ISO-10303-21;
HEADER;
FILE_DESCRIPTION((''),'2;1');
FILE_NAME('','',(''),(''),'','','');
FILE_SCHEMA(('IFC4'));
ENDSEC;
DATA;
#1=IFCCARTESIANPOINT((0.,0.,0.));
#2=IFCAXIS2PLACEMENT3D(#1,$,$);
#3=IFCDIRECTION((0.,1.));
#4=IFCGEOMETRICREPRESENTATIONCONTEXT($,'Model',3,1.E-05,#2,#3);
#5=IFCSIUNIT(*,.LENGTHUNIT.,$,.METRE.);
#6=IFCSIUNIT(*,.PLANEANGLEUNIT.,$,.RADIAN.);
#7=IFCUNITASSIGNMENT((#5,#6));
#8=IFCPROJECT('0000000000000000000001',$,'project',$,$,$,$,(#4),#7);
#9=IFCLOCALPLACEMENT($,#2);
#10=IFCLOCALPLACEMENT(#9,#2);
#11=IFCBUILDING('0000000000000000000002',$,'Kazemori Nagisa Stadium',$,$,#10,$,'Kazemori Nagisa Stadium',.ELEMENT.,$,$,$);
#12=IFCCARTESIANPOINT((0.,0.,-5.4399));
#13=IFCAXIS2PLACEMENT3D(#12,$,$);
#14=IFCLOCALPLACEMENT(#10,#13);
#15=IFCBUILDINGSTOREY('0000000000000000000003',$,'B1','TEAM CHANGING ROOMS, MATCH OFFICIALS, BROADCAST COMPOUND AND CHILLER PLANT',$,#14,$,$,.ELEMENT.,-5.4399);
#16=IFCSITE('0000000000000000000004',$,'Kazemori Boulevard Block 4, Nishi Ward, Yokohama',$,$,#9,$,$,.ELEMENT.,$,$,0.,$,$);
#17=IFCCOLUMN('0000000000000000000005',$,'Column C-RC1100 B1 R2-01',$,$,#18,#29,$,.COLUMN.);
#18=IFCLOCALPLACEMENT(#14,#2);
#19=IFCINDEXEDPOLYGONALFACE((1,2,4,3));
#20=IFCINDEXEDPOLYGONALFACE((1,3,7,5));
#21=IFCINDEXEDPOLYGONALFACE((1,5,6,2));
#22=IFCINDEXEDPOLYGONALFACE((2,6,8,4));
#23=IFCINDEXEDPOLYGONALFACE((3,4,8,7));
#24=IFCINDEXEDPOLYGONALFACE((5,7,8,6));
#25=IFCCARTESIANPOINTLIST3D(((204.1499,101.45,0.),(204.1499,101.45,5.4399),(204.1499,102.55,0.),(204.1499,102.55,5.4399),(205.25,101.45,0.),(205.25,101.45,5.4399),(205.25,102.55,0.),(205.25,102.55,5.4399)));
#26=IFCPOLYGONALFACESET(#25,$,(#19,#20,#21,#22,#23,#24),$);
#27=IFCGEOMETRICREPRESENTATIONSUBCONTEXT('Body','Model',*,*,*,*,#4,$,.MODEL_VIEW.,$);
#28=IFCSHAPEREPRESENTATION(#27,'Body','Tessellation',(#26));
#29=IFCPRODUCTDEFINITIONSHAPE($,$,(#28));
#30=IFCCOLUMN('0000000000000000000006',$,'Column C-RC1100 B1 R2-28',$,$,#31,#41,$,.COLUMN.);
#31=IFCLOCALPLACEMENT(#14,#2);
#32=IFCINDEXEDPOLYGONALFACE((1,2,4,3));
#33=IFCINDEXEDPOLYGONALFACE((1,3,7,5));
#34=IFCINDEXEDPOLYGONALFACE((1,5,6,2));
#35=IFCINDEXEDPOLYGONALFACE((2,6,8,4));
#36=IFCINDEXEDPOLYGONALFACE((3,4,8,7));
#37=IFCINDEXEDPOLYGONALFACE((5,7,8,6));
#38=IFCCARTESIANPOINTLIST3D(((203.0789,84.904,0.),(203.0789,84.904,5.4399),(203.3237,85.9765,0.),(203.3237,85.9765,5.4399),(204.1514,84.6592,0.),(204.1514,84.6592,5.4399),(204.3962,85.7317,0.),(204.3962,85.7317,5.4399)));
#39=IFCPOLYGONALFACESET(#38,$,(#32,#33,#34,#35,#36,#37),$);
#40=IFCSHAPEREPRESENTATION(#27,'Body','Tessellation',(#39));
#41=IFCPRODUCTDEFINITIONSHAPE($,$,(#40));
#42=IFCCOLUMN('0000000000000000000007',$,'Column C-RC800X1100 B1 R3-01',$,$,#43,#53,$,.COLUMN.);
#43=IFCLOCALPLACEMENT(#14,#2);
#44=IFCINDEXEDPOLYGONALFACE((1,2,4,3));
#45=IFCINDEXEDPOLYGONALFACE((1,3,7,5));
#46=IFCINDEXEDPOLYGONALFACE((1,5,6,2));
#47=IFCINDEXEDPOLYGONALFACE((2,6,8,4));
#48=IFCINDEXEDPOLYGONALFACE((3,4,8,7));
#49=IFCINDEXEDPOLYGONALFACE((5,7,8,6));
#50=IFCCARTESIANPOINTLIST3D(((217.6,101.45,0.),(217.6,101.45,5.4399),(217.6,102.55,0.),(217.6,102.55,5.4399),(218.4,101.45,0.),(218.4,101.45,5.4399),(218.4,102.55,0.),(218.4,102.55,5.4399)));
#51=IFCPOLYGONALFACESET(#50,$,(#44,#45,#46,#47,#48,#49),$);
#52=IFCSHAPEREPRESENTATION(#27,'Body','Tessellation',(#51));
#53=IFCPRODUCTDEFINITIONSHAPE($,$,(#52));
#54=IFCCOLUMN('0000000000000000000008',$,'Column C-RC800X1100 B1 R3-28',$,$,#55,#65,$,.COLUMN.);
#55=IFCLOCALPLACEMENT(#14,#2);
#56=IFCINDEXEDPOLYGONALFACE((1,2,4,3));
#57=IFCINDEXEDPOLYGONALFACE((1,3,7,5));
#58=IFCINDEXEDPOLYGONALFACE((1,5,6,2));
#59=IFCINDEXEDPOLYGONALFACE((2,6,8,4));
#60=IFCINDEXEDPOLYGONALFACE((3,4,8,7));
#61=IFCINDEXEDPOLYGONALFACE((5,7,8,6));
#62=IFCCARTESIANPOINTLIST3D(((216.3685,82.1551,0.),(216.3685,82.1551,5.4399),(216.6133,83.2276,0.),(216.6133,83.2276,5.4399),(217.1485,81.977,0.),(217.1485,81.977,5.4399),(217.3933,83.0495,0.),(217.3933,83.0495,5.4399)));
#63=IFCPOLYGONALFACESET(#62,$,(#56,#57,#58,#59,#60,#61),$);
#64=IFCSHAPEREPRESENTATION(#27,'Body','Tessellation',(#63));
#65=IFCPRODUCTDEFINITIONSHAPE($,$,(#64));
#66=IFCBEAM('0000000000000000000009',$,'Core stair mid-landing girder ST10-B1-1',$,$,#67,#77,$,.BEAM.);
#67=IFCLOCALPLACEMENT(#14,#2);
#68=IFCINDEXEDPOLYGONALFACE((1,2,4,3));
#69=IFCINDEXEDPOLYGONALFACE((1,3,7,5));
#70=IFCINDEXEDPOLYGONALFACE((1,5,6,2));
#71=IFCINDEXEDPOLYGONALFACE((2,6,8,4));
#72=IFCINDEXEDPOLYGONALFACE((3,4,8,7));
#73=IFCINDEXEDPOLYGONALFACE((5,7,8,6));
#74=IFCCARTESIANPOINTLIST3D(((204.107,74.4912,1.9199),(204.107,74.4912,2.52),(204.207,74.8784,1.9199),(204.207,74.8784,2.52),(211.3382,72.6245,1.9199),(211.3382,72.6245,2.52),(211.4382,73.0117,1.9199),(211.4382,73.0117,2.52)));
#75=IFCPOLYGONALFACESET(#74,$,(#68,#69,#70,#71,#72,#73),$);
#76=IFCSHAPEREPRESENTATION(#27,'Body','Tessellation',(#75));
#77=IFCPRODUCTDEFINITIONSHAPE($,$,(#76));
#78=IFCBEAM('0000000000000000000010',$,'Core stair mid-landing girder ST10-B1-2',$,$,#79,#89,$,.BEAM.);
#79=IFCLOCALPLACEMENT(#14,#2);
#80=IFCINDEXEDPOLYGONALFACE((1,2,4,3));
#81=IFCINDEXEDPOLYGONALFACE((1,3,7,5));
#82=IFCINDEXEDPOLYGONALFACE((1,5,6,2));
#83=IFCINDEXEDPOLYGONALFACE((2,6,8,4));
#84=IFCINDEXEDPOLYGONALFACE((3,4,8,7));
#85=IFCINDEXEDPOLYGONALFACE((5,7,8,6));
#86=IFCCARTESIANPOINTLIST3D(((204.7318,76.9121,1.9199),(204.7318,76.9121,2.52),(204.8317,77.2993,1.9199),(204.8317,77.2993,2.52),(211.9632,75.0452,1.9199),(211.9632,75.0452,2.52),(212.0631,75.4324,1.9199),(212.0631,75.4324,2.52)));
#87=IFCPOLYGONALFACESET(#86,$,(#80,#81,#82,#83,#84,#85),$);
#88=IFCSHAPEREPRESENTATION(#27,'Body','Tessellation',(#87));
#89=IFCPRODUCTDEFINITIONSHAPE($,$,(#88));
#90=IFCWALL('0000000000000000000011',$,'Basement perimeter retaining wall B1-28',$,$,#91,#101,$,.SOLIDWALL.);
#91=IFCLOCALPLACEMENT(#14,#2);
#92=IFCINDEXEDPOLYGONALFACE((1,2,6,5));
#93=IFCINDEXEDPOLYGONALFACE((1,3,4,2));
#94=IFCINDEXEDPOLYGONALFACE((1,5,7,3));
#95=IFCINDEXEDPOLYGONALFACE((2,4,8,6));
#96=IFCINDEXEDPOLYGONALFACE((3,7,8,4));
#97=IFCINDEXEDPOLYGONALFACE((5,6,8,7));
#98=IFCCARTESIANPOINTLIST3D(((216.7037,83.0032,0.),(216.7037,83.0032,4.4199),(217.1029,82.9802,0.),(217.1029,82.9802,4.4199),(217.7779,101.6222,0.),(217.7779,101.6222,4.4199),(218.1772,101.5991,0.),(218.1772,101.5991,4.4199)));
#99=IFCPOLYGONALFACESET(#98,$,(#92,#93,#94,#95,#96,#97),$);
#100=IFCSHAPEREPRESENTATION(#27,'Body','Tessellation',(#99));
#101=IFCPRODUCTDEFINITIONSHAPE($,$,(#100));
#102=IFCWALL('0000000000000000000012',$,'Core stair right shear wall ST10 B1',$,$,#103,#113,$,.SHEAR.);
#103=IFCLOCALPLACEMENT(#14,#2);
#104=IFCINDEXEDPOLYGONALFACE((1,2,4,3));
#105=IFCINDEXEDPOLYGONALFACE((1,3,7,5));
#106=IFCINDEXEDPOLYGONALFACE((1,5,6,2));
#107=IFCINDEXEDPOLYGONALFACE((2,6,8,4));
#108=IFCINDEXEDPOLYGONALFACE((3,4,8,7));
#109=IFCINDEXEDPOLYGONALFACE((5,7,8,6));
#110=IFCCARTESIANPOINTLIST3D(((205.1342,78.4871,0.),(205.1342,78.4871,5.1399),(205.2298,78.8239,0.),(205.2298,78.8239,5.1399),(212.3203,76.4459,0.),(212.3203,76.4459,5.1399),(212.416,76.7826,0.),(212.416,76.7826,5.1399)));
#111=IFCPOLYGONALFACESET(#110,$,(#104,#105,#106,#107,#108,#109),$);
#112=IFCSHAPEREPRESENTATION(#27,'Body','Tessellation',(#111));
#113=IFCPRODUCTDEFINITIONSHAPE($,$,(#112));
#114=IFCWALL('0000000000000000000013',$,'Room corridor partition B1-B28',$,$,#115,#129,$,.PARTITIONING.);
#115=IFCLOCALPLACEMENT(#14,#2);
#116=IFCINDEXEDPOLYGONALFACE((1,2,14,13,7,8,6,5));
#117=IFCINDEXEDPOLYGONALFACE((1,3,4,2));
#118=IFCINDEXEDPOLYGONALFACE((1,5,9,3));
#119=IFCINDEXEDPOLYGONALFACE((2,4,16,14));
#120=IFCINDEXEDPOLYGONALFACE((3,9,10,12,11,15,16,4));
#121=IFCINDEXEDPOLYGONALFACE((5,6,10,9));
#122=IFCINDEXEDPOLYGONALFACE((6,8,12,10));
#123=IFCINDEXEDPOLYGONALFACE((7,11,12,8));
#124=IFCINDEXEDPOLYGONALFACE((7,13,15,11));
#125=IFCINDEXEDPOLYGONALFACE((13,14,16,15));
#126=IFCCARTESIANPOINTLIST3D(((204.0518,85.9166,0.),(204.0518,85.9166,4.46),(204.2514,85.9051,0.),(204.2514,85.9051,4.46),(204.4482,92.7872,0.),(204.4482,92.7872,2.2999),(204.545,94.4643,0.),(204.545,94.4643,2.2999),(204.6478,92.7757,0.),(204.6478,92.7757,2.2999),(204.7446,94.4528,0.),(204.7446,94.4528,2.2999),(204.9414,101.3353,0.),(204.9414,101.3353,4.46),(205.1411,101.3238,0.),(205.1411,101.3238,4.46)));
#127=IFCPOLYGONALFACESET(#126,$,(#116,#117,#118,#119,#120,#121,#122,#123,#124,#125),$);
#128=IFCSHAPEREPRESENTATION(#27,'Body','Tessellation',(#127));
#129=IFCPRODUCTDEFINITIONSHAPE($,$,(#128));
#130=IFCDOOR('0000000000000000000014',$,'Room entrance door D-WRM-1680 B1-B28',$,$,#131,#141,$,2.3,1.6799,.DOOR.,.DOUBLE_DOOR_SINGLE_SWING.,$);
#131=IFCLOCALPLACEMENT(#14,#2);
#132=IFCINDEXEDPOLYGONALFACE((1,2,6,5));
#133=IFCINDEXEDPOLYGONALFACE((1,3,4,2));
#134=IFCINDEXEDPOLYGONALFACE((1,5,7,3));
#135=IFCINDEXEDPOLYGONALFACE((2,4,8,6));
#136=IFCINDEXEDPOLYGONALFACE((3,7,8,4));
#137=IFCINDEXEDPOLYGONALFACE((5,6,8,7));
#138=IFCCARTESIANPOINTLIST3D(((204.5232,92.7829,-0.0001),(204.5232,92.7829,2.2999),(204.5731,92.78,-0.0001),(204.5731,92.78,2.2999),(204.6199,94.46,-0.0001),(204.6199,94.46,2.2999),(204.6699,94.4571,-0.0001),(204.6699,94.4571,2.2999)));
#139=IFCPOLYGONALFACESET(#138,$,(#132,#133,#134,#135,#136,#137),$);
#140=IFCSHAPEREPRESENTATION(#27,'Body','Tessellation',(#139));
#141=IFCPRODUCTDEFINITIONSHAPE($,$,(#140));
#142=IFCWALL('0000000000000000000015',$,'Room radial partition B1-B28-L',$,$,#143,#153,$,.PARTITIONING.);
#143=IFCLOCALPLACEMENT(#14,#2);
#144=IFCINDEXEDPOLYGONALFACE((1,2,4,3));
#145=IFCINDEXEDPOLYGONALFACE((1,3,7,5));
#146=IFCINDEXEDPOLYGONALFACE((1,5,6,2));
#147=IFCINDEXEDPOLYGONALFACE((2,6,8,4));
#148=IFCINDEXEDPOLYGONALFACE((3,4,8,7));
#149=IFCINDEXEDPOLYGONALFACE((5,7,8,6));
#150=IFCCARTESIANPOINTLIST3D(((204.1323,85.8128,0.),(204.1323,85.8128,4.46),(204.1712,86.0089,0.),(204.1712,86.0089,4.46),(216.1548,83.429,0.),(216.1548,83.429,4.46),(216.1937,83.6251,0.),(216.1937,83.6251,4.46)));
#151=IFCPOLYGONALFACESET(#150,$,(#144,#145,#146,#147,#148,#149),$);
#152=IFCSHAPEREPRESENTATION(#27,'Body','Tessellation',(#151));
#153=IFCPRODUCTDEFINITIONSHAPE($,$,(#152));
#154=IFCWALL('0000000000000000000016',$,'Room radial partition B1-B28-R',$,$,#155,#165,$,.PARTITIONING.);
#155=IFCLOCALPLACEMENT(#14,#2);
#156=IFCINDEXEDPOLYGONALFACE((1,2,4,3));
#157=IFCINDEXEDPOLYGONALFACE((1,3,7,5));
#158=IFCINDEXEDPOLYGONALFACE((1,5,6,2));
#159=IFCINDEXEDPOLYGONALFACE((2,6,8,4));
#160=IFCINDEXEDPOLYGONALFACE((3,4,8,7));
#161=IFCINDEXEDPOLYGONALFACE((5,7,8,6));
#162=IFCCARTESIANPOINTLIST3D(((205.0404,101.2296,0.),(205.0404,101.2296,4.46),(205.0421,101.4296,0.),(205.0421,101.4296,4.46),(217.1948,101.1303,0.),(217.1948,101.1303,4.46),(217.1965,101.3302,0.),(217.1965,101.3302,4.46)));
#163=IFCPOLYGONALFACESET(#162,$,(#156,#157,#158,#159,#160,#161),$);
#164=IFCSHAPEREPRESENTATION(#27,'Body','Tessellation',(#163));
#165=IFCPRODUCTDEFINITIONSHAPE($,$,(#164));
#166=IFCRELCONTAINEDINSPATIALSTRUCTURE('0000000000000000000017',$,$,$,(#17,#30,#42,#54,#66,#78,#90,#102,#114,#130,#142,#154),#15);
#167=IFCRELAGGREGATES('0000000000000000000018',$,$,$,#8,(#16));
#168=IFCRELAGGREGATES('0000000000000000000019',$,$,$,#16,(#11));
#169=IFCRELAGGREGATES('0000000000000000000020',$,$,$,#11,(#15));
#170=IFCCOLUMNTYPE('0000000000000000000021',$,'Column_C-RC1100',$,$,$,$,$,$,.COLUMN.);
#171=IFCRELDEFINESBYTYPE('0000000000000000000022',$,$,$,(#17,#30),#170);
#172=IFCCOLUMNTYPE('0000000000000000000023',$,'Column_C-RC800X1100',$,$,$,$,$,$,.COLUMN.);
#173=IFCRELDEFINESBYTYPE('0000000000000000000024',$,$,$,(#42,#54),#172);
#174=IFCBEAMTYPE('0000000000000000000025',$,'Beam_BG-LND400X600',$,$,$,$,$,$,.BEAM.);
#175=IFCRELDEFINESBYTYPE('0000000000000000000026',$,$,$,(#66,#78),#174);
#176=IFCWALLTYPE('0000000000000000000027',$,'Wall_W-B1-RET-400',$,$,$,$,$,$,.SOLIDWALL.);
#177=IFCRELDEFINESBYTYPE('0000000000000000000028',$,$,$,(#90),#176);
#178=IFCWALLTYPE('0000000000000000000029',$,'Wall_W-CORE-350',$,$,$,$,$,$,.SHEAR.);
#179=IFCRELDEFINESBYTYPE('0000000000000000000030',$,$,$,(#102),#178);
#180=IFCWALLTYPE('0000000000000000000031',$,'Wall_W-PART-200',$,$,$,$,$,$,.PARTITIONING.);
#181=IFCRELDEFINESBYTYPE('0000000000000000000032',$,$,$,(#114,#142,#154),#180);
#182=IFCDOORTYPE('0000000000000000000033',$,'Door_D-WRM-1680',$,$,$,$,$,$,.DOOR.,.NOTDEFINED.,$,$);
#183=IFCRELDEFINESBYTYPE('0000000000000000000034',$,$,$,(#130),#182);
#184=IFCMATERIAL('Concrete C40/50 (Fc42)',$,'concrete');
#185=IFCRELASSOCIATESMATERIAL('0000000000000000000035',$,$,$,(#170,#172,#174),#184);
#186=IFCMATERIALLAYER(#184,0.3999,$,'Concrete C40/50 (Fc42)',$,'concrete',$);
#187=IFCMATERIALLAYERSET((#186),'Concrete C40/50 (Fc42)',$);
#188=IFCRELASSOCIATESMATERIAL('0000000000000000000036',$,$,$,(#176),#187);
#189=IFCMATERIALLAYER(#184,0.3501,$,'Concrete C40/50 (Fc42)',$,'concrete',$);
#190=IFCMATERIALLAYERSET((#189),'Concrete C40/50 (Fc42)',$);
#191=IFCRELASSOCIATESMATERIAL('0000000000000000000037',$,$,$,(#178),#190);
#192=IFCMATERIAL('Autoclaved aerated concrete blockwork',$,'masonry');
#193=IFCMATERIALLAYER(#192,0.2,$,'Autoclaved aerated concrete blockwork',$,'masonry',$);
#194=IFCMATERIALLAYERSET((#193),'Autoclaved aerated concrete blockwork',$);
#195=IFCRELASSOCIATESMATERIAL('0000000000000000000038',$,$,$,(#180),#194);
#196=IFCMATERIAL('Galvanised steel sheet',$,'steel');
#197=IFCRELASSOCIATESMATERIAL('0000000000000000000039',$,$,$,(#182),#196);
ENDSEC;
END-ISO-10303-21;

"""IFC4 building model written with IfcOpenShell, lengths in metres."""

from ifc_helpers import new_model, si_unit, direction, frame, frame_2d, origin, origin_2d, place, context, subcontext, project, spatial, rectangle, extrude, material, layer, layer_set, material_profile, profile_set, type_object, element, fill, save


model = new_model("IFC4")

# Units and contexts
model_context = context("Model", 3, precision=1e-05, world=origin(), true_north=direction((0.0, 1.0)))
body_context = subcontext(model_context, "Body", "Model", "MODEL_VIEW")
ifc_project = project(units=[si_unit("LENGTHUNIT", "METRE"), si_unit("PLANEANGLEUNIT", "RADIAN")], contexts=[model_context])

# Site, building, storey
site_placement = place(None, origin())
site = spatial("IfcSite", under=ifc_project, at=site_placement, Name="Kazemori Boulevard Block 4, Nishi Ward, Yokohama", CompositionType="ELEMENT", RefElevation=0.0)
building_placement = place(site_placement, origin())
building = spatial("IfcBuilding", under=site, at=building_placement, Name="Kazemori Nagisa Stadium", LongName="Kazemori Nagisa Stadium", CompositionType="ELEMENT")
storey_placement = place(building_placement, frame((0.0, 0.0, -5.4399)))
storey = spatial("IfcBuildingStorey", under=building, at=storey_placement, Name="B1", Description="TEAM CHANGING ROOMS, MATCH OFFICIALS, BROADCAST COMPOUND AND CHILLER PLANT", CompositionType="ELEMENT", Elevation=-5.4399)

# Shared definitions
ifc_material_1 = material(Name="Concrete C40/50 (Fc42)", Category="concrete")

# Columns
ifc_material_profile_1 = material_profile(ifc_material_1, rectangle(XDim=1.1001, YDim=1.1001, at=origin_2d()), Name="RC-COL-1100x1100")
ifc_profile_set_1 = profile_set([ifc_material_profile_1], Name="Concrete C40/50 (Fc42)")
column_type_1 = type_object("IfcColumnType", Name="Column_C-RC1100", PredefinedType="COLUMN", material=ifc_profile_set_1)
for number, where, z_axis, x_axis, name in (
    (1, (204.7, 102.0, 0.0), (0.0, 0.0, 1.0), (1.0, 0.0, 0.0), "Column C-RC1100 B1 R2-01"),
    (2, (203.7375, 85.3179, 0.0), (0.0, 0.0, 1.0), (0.974928, -0.222521, 0.0), "Column C-RC1100 B1 R2-28"),
):
    element("IfcColumn", number, at=place(storey_placement, frame(where, z_axis=z_axis, x_axis=x_axis)), inside=storey, type_object=column_type_1, Name=name, PredefinedType="COLUMN", context=body_context, shape_type="SweptSolid", body=[
        extrude(rectangle(XDim=1.1001, YDim=1.1001, at=origin_2d()), origin(), (0.0, 0.0, 1.0), 5.4399),
    ])
ifc_material_profile_2 = material_profile(ifc_material_1, rectangle(XDim=0.8, YDim=1.1001, at=origin_2d()), Name="RC-COL-800x1100")
ifc_profile_set_2 = profile_set([ifc_material_profile_2], Name="Concrete C40/50 (Fc42)")
column_type_2 = type_object("IfcColumnType", Name="Column_C-RC800X1100", PredefinedType="COLUMN", material=ifc_profile_set_2)
for number, where, z_axis, x_axis, name in (
    (3, (218.0, 102.0, 0.0), (0.0, 0.0, 1.0), (1.0, 0.0, 0.0), "Column C-RC800X1100 B1 R3-01"),
    (4, (216.8809, 82.6023, 0.0), (0.0, 0.0, 1.0), (0.974928, -0.222521, 0.0), "Column C-RC800X1100 B1 R3-28"),
):
    element("IfcColumn", number, at=place(storey_placement, frame(where, z_axis=z_axis, x_axis=x_axis)), inside=storey, type_object=column_type_2, Name=name, PredefinedType="COLUMN", context=body_context, shape_type="SweptSolid", body=[
        extrude(rectangle(XDim=0.8, YDim=1.1001, at=origin_2d()), origin(), (0.0, 0.0, 1.0), 5.4399),
    ])

# Beams
ifc_material_profile_3 = material_profile(ifc_material_1, rectangle(XDim=0.3999, YDim=0.6001, at=origin_2d()), Name="RC-BM-400x600")
ifc_profile_set_3 = profile_set([ifc_material_profile_3], Name="Concrete C40/50 (Fc42)")
beam_type = type_object("IfcBeamType", Name="Beam_BG-LND400X600", PredefinedType="BEAM", material=ifc_profile_set_3)
beam_1_placement = place(storey_placement, frame((204.157, 74.6848, 2.22), z_axis=(0.968258, -0.249951, 0.0), x_axis=(0.249951, 0.968258, 0.0)))
element("IfcBeam", 5, at=beam_1_placement, inside=storey, type_object=beam_type, Name="Core stair mid-landing girder ST10-B1-1", PredefinedType="BEAM", context=body_context, shape_type="SweptSolid", body=[
    extrude(rectangle(XDim=0.3999, YDim=0.6001, at=origin_2d()), origin(), (0.0, 0.0, 1.0), 7.4683),
])
beam_2_placement = place(storey_placement, frame((204.7817, 77.1057, 2.22), z_axis=(0.968253, -0.249974, 0.0), x_axis=(0.249974, 0.968253, 0.0)))
element("IfcBeam", 6, at=beam_2_placement, inside=storey, type_object=beam_type, Name="Core stair mid-landing girder ST10-B1-2", PredefinedType="BEAM", context=body_context, shape_type="SweptSolid", body=[
    extrude(rectangle(XDim=0.3999, YDim=0.6001, at=origin_2d()), origin(), (0.0, 0.0, 1.0), 7.4685),
])

# Walls
ifc_layer_1 = layer(ifc_material_1, 0.3999, Name="Concrete C40/50 (Fc42)", Category="concrete")
ifc_layer_set_1 = layer_set([ifc_layer_1], Name="Concrete C40/50 (Fc42)")
wall_type_1 = type_object("IfcWallType", Name="Wall_W-B1-RET-400", PredefinedType="SOLIDWALL", material=ifc_layer_set_1)
wall_1_placement = place(storey_placement, frame((216.9033, 82.9917, 0.0), z_axis=(0.0, 0.0, 1.0), x_axis=(0.057599, 0.99834, 0.0)))
element("IfcWall", 7, at=wall_1_placement, inside=storey, type_object=wall_type_1, Name="Basement perimeter retaining wall B1-28", PredefinedType="SOLIDWALL", context=body_context, shape_type="SweptSolid", body=[
    extrude(rectangle(XDim=18.6499, YDim=0.3999, at=frame_2d((9.325, 0.0))), origin(), (0.0, 0.0, 1.0), 4.4199),
])
ifc_layer_2 = layer(ifc_material_1, 0.3501, Name="Concrete C40/50 (Fc42)", Category="concrete")
ifc_layer_set_2 = layer_set([ifc_layer_2], Name="Concrete C40/50 (Fc42)")
wall_type_2 = type_object("IfcWallType", Name="Wall_W-CORE-350", PredefinedType="SHEAR", material=ifc_layer_set_2)
wall_2_placement = place(storey_placement, frame((205.1819, 78.6555, 0.0), z_axis=(0.0, 0.0, 1.0), x_axis=(0.961946, -0.27324, 0.0)))
element("IfcWall", 8, at=wall_2_placement, inside=storey, type_object=wall_type_2, Name="Core stair right shear wall ST10 B1", PredefinedType="SHEAR", context=body_context, shape_type="SweptSolid", body=[
    extrude(rectangle(XDim=7.4705, YDim=0.3501, at=frame_2d((3.7354, 0.0))), origin(), (0.0, 0.0, 1.0), 5.1399),
])

# Wall, opening, door
ifc_material_2 = material(Name="Autoclaved aerated concrete blockwork", Category="masonry")
ifc_layer_3 = layer(ifc_material_2, 0.2, Name="Autoclaved aerated concrete blockwork", Category="masonry")
ifc_layer_set_3 = layer_set([ifc_layer_3], Name="Autoclaved aerated concrete blockwork")
wall_type_3 = type_object("IfcWallType", Name="Wall_W-PART-200", PredefinedType="PARTITIONING", material=ifc_layer_set_3)
wall_3_placement = place(storey_placement, frame((204.1516, 85.9109, 0.0), z_axis=(0.0, 0.0, 1.0), x_axis=(0.057604, 0.99834, 0.0)))
wall_3 = element("IfcWall", 9, at=wall_3_placement, inside=storey, type_object=wall_type_3, Name="Room corridor partition B1-B28", PredefinedType="PARTITIONING", context=body_context, shape_type="SweptSolid", body=[
    extrude(rectangle(XDim=15.4443, YDim=0.2, at=frame_2d((7.7222, 0.0))), origin(), (0.0, 0.0, 1.0), 4.46),
])
opening_1_placement = place(wall_3_placement, frame((6.8821, 0.0, 0.0)))
opening_1 = element("IfcOpeningElement", 10, at=opening_1_placement, cuts=wall_3, PredefinedType="OPENING", context=body_context, shape_type="SweptSolid", body=[
    extrude(rectangle(XDim=1.6799, YDim=2.3, at=frame_2d((0.8398, 1.1499))), frame((0.0, 0.1099, 0.0), z_axis=(0.0, -1.0, 0.0), x_axis=(1.0, 0.0, 0.0)), (0.0, 0.0, 1.0), 0.22),
])
ifc_material_3 = material(Name="Galvanised steel sheet", Category="steel")
door_type_1 = type_object("IfcDoorType", Name="Door_D-WRM-1680", OperationType="NOTDEFINED", PredefinedType="DOOR", material=ifc_material_3)
door_1_placement = place(opening_1_placement, origin())
door_1 = element("IfcDoor", 11, at=door_1_placement, inside=storey, type_object=door_type_1, Name="Room entrance door D-WRM-1680 B1-B28", OperationType="DOUBLE_DOOR_SINGLE_SWING", OverallHeight=2.3, OverallWidth=1.6799, PredefinedType="DOOR", context=body_context, shape_type="SweptSolid", body=[
    extrude(rectangle(XDim=1.6799, YDim=2.3, at=frame_2d((0.8398, 1.1499))), frame((0.0, 0.0249, 0.0), z_axis=(0.0, -1.0, 0.0), x_axis=(1.0, 0.0, 0.0)), (0.0, 0.0, 1.0), 0.05),
])
fill(opening_1, door_1)

# Walls
wall_4_placement = place(storey_placement, frame((204.1516, 85.9109, 0.0), z_axis=(0.0, 0.0, 1.0), x_axis=(0.980904, -0.194492, 0.0)))
element("IfcWall", 12, at=wall_4_placement, inside=storey, type_object=wall_type_3, Name="Room radial partition B1-B28-L", PredefinedType="PARTITIONING", context=body_context, shape_type="SweptSolid", body=[
    extrude(rectangle(XDim=12.2566, YDim=0.2, at=frame_2d((6.1284, 0.0))), origin(), (0.0, 0.0, 1.0), 4.46),
])
wall_5_placement = place(storey_placement, frame((205.0413, 101.3296, 0.0), z_axis=(0.0, 0.0, 1.0), x_axis=(0.999967, -0.008175, 0.0)))
element("IfcWall", 13, at=wall_5_placement, inside=storey, type_object=wall_type_3, Name="Room radial partition B1-B28-R", PredefinedType="PARTITIONING", context=body_context, shape_type="SweptSolid", body=[
    extrude(rectangle(XDim=12.1548, YDim=0.2, at=frame_2d((6.0774, 0.0))), origin(), (0.0, 0.0, 1.0), 4.46),
])

save(model, "model.ifc")
